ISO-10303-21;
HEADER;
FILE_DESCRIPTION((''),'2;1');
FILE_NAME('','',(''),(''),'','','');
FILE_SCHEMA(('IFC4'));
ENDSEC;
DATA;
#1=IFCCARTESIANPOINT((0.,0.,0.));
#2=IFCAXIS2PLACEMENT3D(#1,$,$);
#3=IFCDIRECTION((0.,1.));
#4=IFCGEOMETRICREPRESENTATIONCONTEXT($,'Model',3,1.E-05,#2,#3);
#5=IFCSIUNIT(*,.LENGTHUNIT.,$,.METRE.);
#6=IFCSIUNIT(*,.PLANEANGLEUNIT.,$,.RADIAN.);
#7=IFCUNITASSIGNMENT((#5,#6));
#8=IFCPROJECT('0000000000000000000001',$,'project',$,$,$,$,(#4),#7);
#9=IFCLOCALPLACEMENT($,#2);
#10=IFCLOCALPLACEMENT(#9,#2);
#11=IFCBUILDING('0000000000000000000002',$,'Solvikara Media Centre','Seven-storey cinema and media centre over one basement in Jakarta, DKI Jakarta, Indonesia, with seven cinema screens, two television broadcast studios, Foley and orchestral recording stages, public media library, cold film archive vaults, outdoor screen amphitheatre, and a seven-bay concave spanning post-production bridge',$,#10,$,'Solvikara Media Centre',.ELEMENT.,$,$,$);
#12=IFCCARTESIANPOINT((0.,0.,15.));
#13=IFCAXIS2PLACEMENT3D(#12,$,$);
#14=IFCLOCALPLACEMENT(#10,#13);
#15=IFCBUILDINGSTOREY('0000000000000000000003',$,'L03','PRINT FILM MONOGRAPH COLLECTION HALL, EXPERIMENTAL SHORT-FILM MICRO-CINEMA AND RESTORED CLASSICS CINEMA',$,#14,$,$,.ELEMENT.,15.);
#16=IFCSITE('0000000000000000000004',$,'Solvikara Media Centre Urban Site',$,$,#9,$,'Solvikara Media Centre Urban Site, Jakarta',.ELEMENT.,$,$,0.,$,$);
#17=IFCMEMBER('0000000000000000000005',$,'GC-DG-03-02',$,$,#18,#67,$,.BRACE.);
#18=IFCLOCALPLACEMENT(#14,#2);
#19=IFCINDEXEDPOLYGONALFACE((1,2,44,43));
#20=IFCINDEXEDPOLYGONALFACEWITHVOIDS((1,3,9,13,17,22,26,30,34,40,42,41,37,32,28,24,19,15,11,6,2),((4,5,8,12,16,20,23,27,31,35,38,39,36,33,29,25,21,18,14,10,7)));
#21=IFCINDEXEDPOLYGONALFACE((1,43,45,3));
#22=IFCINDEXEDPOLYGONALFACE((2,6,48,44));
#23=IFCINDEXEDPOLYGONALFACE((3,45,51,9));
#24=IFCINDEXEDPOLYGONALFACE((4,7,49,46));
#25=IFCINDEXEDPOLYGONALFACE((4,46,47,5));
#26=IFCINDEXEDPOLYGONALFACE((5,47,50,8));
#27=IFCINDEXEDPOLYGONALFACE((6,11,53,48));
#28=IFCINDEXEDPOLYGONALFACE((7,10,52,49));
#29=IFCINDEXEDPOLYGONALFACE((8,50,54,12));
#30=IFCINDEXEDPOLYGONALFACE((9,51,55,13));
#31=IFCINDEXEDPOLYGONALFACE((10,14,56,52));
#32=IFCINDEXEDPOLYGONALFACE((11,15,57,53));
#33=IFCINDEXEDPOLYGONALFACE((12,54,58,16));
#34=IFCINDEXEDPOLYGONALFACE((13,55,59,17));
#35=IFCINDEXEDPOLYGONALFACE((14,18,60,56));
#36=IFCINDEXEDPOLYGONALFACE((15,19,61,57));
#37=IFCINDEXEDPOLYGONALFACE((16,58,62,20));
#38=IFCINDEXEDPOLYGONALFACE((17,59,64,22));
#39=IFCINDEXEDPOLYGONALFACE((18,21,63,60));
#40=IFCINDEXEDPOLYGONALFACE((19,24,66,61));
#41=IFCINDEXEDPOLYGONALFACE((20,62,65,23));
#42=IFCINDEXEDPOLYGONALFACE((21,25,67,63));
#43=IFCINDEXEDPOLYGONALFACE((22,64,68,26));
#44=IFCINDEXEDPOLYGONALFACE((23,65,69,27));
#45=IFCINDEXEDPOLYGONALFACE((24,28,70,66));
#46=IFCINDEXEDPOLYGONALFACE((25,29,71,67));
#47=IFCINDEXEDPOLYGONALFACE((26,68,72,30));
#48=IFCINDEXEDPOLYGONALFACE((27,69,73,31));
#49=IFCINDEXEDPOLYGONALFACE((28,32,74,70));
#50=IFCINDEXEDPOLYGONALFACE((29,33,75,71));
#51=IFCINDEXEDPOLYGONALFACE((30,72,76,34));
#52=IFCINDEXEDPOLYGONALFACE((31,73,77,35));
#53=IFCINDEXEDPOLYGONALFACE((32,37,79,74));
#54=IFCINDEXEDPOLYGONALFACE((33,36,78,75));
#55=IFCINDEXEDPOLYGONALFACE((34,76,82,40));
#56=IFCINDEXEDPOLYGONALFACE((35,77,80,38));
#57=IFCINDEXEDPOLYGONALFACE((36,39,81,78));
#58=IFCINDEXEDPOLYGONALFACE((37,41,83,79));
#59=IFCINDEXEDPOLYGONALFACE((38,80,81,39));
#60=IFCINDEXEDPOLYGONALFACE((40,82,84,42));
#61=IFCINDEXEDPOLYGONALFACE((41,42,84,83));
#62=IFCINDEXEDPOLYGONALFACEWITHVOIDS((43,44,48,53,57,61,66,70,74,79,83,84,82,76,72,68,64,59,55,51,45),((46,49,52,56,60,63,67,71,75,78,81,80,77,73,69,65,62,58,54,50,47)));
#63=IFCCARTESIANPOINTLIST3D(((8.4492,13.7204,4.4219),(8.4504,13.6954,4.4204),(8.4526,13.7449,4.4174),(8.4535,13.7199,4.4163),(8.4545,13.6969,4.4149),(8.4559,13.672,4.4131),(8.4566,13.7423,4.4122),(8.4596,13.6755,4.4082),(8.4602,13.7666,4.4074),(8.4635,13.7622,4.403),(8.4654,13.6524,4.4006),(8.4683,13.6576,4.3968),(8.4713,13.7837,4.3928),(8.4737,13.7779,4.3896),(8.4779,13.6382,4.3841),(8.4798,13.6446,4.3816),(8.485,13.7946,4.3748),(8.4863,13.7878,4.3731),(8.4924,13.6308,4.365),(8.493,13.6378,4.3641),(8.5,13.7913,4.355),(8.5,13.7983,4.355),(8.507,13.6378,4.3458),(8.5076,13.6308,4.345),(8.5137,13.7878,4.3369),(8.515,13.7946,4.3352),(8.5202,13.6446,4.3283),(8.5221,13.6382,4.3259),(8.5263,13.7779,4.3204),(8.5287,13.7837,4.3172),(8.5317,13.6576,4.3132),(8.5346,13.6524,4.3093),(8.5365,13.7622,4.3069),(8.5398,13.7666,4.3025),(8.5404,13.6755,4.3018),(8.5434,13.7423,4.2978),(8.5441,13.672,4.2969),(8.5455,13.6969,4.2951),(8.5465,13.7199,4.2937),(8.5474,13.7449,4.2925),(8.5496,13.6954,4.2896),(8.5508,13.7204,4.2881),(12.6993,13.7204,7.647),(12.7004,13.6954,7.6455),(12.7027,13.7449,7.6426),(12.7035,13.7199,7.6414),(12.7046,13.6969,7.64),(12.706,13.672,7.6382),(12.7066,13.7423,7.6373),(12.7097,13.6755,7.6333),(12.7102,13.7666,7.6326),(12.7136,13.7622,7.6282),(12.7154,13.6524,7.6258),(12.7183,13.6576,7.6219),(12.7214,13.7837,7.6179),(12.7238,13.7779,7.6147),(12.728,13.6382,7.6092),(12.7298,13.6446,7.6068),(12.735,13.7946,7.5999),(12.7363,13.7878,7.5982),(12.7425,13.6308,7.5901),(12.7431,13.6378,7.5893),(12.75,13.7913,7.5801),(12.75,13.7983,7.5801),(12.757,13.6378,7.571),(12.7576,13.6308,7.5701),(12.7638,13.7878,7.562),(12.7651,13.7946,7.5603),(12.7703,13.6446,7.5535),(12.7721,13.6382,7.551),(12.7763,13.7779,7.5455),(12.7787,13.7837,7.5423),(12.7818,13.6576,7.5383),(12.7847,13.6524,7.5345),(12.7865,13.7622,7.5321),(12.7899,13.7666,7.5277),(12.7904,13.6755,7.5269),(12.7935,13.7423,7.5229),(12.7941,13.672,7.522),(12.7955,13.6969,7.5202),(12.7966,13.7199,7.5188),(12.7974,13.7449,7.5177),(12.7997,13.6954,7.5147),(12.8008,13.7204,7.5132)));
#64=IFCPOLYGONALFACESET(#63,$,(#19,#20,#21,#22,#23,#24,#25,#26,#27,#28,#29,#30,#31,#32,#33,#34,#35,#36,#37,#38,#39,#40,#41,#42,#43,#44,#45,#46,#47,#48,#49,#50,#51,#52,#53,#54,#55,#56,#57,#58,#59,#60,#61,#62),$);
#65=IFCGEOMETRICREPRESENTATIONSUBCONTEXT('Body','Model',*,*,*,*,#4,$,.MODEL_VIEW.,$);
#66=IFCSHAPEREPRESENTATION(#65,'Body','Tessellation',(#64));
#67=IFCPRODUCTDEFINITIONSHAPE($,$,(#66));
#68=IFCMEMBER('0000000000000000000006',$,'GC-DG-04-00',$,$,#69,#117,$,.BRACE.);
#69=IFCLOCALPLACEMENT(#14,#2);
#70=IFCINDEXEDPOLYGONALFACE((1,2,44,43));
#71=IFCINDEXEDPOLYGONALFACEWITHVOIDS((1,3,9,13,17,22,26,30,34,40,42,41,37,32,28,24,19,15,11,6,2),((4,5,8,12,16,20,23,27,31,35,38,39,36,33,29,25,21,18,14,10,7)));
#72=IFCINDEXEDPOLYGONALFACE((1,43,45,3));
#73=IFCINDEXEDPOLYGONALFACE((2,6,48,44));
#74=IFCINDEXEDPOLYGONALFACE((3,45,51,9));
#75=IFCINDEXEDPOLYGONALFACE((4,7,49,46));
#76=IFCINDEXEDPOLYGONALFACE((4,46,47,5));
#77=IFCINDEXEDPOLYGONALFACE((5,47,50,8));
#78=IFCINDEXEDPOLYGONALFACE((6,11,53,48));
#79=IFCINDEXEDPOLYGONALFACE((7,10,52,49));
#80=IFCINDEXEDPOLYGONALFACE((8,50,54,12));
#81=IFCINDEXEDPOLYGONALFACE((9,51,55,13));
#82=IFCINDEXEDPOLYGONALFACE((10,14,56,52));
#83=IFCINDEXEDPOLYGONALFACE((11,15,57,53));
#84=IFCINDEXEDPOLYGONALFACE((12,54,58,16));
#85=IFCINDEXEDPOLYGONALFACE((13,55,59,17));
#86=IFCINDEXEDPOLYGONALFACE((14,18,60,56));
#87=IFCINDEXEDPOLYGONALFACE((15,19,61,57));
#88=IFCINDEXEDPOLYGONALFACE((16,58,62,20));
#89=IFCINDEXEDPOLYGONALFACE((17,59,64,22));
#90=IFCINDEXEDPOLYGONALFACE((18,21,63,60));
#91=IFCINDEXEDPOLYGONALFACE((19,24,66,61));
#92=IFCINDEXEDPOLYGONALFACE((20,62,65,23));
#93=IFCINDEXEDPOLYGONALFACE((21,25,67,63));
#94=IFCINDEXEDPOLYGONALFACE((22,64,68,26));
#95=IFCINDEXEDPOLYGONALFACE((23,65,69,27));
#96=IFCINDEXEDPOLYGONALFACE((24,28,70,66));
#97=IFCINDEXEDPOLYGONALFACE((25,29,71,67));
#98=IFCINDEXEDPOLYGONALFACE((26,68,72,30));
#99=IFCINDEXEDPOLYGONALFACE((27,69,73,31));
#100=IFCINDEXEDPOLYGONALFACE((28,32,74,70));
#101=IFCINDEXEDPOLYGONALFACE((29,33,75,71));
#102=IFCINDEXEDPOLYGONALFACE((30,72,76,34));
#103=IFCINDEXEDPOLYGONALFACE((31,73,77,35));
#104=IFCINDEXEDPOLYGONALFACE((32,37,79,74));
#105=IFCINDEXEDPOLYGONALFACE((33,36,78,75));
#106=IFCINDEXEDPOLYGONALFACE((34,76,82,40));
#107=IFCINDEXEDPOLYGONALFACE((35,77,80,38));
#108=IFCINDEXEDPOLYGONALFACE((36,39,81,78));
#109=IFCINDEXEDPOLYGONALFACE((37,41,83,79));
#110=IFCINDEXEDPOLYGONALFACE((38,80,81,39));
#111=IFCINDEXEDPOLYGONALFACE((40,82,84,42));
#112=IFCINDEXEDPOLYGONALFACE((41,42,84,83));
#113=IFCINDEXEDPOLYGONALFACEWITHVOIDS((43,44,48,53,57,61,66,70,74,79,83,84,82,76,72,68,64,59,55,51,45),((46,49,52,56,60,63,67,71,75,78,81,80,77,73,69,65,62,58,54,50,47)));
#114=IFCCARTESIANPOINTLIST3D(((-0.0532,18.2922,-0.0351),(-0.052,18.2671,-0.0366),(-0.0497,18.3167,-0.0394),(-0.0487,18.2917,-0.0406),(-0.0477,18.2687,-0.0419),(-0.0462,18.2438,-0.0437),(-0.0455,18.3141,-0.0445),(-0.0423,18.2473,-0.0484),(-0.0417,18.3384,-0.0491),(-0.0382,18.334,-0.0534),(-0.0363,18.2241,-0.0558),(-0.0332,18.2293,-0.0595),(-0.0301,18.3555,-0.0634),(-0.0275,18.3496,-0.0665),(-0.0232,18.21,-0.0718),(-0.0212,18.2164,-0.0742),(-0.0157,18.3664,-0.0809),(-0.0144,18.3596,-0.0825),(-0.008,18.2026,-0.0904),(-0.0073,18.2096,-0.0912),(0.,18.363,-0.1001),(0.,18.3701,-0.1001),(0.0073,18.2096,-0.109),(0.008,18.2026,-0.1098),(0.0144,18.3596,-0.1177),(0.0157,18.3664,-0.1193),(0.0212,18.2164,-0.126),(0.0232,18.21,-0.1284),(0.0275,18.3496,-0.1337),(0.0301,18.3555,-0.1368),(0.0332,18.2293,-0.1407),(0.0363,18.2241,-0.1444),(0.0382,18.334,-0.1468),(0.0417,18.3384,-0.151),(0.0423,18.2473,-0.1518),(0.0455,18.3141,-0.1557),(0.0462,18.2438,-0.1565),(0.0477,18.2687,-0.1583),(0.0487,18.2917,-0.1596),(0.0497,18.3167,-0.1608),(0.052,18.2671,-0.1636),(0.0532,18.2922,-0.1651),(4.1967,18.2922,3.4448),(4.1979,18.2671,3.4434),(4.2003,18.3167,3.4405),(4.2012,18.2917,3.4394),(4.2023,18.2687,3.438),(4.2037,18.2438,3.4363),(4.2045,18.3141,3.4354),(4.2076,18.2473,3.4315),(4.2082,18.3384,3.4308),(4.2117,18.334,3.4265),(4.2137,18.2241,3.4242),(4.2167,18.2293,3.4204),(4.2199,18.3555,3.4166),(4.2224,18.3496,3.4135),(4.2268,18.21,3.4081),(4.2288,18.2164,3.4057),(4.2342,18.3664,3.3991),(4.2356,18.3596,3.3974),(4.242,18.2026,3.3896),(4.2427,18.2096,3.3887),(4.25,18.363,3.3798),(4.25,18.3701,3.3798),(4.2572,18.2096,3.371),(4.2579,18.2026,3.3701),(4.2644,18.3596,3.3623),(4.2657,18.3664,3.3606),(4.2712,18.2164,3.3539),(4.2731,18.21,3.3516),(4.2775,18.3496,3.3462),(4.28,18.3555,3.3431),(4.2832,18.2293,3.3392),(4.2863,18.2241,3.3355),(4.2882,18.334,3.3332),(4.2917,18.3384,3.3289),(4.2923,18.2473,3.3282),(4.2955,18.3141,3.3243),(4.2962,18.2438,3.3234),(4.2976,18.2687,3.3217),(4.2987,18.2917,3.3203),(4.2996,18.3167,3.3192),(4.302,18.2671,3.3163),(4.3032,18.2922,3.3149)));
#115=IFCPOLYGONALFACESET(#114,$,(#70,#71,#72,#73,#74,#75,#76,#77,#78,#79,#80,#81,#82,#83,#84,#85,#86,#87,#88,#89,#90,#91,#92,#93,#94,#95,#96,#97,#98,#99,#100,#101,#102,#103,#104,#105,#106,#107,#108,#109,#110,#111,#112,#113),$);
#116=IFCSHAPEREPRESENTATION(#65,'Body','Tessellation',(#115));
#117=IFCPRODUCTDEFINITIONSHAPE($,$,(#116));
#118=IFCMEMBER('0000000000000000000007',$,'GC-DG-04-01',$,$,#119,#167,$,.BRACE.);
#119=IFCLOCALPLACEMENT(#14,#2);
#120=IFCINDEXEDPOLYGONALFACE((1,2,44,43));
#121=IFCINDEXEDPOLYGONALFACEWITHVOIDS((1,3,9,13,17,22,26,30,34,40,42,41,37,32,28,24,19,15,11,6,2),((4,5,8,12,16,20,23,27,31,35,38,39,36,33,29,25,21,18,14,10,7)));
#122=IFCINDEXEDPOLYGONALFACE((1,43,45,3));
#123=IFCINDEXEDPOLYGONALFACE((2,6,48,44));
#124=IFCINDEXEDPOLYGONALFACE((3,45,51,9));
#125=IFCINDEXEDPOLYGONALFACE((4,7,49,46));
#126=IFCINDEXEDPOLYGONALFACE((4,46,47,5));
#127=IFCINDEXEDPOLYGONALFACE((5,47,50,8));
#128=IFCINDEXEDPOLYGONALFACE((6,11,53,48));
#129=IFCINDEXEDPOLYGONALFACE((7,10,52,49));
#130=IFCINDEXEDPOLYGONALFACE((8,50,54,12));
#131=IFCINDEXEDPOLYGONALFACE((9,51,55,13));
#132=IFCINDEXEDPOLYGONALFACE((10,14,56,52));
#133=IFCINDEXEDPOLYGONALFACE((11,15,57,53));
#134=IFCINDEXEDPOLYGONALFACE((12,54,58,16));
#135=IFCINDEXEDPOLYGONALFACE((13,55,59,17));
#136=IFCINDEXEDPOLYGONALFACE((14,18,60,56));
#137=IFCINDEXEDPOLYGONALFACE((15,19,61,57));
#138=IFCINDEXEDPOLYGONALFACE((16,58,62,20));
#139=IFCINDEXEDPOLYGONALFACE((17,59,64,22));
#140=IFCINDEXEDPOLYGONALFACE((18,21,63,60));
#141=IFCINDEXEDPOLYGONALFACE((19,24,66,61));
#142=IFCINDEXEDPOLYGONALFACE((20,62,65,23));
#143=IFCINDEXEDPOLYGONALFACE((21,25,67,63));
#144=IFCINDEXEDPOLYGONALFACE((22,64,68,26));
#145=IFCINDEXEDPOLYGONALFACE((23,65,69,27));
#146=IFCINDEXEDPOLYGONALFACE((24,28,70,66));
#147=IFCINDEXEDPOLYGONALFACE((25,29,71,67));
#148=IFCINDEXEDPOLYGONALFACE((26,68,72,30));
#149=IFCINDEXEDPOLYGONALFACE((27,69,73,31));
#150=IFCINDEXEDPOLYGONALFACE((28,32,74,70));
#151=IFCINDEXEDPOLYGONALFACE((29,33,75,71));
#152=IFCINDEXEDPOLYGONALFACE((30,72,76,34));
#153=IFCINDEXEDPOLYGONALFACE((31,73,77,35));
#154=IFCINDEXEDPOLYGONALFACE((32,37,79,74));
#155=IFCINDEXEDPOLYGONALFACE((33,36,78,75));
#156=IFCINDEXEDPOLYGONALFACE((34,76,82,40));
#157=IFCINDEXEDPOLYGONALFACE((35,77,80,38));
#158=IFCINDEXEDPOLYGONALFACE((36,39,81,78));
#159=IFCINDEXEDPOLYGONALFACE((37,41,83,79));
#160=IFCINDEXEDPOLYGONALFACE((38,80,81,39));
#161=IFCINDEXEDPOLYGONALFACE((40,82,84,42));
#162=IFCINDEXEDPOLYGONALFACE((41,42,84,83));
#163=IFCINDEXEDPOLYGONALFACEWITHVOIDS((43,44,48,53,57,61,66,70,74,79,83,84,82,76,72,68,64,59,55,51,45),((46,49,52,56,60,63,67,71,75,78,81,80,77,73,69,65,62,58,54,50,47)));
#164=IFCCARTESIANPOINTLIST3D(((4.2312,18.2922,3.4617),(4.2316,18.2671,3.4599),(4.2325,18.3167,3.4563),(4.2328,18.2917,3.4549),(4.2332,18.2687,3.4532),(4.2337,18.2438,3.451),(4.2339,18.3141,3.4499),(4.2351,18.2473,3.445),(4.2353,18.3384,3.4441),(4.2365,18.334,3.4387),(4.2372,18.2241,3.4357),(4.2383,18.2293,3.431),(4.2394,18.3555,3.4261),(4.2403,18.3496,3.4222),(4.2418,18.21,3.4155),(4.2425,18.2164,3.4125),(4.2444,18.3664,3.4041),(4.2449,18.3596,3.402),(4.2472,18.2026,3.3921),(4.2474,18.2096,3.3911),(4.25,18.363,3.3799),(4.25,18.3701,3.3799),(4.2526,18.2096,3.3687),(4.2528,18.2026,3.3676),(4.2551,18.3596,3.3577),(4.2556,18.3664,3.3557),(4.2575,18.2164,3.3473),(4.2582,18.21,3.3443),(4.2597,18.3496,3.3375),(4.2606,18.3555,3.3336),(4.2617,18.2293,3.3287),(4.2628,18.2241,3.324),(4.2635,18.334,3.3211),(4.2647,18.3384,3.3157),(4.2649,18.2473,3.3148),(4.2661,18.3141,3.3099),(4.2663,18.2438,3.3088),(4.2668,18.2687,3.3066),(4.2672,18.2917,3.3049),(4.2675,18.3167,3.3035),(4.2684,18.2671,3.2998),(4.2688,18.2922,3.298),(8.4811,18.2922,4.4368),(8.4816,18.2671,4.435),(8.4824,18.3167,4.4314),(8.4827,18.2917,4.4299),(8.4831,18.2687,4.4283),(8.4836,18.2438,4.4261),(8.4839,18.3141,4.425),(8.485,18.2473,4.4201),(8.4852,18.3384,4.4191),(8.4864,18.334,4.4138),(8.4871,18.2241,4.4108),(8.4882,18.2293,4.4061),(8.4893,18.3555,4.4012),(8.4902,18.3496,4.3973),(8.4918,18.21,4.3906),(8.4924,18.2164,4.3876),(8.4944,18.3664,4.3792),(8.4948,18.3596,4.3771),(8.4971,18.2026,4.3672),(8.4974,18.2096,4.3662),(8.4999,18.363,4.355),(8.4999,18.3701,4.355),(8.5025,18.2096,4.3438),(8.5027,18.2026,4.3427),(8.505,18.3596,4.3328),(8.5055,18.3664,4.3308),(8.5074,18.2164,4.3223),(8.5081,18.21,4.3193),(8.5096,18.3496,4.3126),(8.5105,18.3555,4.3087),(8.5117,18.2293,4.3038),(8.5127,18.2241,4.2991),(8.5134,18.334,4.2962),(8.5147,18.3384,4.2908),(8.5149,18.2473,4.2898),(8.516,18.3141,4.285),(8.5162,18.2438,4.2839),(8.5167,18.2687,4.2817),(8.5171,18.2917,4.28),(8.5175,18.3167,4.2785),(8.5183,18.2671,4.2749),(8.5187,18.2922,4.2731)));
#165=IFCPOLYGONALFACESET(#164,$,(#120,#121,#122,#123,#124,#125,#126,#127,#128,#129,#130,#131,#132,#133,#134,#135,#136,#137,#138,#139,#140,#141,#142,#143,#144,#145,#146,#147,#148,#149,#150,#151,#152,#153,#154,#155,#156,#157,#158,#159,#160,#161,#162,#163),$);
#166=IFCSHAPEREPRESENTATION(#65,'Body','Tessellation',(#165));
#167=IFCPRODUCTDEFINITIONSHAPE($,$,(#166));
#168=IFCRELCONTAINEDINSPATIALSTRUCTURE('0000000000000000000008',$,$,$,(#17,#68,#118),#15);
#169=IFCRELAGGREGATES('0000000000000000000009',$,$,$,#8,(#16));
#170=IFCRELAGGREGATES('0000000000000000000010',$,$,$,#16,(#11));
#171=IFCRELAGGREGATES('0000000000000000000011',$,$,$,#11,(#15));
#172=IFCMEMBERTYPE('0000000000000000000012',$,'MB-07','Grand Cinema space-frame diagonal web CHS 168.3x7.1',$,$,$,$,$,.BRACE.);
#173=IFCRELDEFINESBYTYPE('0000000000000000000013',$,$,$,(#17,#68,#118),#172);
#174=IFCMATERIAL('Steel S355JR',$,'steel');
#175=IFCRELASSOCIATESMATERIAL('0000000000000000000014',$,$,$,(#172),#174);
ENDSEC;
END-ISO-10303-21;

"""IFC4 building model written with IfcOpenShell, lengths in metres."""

from ifc_helpers import new_model, si_unit, direction, frame, origin, origin_2d, place, context, subcontext, project, spatial, hollow_circle, extrude, material, material_profile, profile_set, type_object, element, save


model = new_model("IFC4")

# Units and contexts
model_context = context("Model", 3, precision=1e-05, world=origin(), true_north=direction((0.0, 1.0)))
body_context = subcontext(model_context, "Body", "Model", "MODEL_VIEW")
ifc_project = project(units=[si_unit("LENGTHUNIT", "METRE"), si_unit("PLANEANGLEUNIT", "RADIAN")], contexts=[model_context])

# Site, building, storey
site_placement = place(None, origin())
site = spatial("IfcSite", under=ifc_project, at=site_placement, Name="Solvikara Media Centre Urban Site", LongName="Solvikara Media Centre Urban Site, Jakarta", CompositionType="ELEMENT", RefElevation=0.0)
building_placement = place(site_placement, origin())
building = spatial("IfcBuilding", under=site, at=building_placement, Name="Solvikara Media Centre", Description="Seven-storey cinema and media centre over one basement in Jakarta, DKI Jakarta, Indonesia, with seven cinema screens, two television broadcast studios, Foley and orchestral recording stages, public media library, cold film archive vaults, outdoor screen amphitheatre, and a seven-bay concave spanning post-production bridge", LongName="Solvikara Media Centre", CompositionType="ELEMENT")
storey_placement = place(building_placement, frame((0.0, 0.0, 15.0)))
storey = spatial("IfcBuildingStorey", under=building, at=storey_placement, Name="L03", Description="PRINT FILM MONOGRAPH COLLECTION HALL, EXPERIMENTAL SHORT-FILM MICRO-CINEMA AND RESTORED CLASSICS CINEMA", CompositionType="ELEMENT", Elevation=15.0)

# Shared definitions
ifc_material_1 = material(Name="Steel S355JR", Category="steel")

# Members
ifc_material_profile_1 = material_profile(ifc_material_1, hollow_circle(Radius=0.0842, WallThickness=0.0071, at=origin_2d()), Name="CHS 168.3x7.1")
ifc_profile_set_1 = profile_set([ifc_material_profile_1], Name="Steel S355JR")
member_type_1 = type_object("IfcMemberType", Name="MB-07", Description="Grand Cinema space-frame diagonal web CHS 168.3x7.1", PredefinedType="BRACE", material=ifc_profile_set_1)
member_1_placement = place(storey_placement, frame((8.5, 13.7141, 4.355), z_axis=(0.796605, 0.0, 0.604501), x_axis=(0.0, 1.0, 0.0)))
element("IfcMember", 1, at=member_1_placement, inside=storey, type_object=member_type_1, Name="GC-DG-03-02", PredefinedType="BRACE", context=body_context, shape_type="SweptSolid", body=[
    extrude(hollow_circle(Radius=0.0842, WallThickness=0.0071, at=origin_2d()), origin(), (0.0, 0.0, 1.0), 5.3352),
])
member_2_placement = place(storey_placement, frame((0.0, 18.2859, -0.1001), z_axis=(0.773716, 0.0, 0.633533), x_axis=(0.0, 1.0, 0.0)))
element("IfcMember", 2, at=member_2_placement, inside=storey, type_object=member_type_1, Name="GC-DG-04-00", PredefinedType="BRACE", context=body_context, shape_type="SweptSolid", body=[
    extrude(hollow_circle(Radius=0.0842, WallThickness=0.0071, at=origin_2d()), origin(), (0.0, 0.0, 1.0), 5.4929),
])
member_3_placement = place(storey_placement, frame((4.25, 18.2859, 3.3799), z_axis=(0.974675, 0.0, 0.223624), x_axis=(0.0, 1.0, 0.0)))
element("IfcMember", 3, at=member_3_placement, inside=storey, type_object=member_type_1, Name="GC-DG-04-01", PredefinedType="BRACE", context=body_context, shape_type="SweptSolid", body=[
    extrude(hollow_circle(Radius=0.0842, WallThickness=0.0071, at=origin_2d()), origin(), (0.0, 0.0, 1.0), 4.3604),
])

save(model, "model.ifc")
